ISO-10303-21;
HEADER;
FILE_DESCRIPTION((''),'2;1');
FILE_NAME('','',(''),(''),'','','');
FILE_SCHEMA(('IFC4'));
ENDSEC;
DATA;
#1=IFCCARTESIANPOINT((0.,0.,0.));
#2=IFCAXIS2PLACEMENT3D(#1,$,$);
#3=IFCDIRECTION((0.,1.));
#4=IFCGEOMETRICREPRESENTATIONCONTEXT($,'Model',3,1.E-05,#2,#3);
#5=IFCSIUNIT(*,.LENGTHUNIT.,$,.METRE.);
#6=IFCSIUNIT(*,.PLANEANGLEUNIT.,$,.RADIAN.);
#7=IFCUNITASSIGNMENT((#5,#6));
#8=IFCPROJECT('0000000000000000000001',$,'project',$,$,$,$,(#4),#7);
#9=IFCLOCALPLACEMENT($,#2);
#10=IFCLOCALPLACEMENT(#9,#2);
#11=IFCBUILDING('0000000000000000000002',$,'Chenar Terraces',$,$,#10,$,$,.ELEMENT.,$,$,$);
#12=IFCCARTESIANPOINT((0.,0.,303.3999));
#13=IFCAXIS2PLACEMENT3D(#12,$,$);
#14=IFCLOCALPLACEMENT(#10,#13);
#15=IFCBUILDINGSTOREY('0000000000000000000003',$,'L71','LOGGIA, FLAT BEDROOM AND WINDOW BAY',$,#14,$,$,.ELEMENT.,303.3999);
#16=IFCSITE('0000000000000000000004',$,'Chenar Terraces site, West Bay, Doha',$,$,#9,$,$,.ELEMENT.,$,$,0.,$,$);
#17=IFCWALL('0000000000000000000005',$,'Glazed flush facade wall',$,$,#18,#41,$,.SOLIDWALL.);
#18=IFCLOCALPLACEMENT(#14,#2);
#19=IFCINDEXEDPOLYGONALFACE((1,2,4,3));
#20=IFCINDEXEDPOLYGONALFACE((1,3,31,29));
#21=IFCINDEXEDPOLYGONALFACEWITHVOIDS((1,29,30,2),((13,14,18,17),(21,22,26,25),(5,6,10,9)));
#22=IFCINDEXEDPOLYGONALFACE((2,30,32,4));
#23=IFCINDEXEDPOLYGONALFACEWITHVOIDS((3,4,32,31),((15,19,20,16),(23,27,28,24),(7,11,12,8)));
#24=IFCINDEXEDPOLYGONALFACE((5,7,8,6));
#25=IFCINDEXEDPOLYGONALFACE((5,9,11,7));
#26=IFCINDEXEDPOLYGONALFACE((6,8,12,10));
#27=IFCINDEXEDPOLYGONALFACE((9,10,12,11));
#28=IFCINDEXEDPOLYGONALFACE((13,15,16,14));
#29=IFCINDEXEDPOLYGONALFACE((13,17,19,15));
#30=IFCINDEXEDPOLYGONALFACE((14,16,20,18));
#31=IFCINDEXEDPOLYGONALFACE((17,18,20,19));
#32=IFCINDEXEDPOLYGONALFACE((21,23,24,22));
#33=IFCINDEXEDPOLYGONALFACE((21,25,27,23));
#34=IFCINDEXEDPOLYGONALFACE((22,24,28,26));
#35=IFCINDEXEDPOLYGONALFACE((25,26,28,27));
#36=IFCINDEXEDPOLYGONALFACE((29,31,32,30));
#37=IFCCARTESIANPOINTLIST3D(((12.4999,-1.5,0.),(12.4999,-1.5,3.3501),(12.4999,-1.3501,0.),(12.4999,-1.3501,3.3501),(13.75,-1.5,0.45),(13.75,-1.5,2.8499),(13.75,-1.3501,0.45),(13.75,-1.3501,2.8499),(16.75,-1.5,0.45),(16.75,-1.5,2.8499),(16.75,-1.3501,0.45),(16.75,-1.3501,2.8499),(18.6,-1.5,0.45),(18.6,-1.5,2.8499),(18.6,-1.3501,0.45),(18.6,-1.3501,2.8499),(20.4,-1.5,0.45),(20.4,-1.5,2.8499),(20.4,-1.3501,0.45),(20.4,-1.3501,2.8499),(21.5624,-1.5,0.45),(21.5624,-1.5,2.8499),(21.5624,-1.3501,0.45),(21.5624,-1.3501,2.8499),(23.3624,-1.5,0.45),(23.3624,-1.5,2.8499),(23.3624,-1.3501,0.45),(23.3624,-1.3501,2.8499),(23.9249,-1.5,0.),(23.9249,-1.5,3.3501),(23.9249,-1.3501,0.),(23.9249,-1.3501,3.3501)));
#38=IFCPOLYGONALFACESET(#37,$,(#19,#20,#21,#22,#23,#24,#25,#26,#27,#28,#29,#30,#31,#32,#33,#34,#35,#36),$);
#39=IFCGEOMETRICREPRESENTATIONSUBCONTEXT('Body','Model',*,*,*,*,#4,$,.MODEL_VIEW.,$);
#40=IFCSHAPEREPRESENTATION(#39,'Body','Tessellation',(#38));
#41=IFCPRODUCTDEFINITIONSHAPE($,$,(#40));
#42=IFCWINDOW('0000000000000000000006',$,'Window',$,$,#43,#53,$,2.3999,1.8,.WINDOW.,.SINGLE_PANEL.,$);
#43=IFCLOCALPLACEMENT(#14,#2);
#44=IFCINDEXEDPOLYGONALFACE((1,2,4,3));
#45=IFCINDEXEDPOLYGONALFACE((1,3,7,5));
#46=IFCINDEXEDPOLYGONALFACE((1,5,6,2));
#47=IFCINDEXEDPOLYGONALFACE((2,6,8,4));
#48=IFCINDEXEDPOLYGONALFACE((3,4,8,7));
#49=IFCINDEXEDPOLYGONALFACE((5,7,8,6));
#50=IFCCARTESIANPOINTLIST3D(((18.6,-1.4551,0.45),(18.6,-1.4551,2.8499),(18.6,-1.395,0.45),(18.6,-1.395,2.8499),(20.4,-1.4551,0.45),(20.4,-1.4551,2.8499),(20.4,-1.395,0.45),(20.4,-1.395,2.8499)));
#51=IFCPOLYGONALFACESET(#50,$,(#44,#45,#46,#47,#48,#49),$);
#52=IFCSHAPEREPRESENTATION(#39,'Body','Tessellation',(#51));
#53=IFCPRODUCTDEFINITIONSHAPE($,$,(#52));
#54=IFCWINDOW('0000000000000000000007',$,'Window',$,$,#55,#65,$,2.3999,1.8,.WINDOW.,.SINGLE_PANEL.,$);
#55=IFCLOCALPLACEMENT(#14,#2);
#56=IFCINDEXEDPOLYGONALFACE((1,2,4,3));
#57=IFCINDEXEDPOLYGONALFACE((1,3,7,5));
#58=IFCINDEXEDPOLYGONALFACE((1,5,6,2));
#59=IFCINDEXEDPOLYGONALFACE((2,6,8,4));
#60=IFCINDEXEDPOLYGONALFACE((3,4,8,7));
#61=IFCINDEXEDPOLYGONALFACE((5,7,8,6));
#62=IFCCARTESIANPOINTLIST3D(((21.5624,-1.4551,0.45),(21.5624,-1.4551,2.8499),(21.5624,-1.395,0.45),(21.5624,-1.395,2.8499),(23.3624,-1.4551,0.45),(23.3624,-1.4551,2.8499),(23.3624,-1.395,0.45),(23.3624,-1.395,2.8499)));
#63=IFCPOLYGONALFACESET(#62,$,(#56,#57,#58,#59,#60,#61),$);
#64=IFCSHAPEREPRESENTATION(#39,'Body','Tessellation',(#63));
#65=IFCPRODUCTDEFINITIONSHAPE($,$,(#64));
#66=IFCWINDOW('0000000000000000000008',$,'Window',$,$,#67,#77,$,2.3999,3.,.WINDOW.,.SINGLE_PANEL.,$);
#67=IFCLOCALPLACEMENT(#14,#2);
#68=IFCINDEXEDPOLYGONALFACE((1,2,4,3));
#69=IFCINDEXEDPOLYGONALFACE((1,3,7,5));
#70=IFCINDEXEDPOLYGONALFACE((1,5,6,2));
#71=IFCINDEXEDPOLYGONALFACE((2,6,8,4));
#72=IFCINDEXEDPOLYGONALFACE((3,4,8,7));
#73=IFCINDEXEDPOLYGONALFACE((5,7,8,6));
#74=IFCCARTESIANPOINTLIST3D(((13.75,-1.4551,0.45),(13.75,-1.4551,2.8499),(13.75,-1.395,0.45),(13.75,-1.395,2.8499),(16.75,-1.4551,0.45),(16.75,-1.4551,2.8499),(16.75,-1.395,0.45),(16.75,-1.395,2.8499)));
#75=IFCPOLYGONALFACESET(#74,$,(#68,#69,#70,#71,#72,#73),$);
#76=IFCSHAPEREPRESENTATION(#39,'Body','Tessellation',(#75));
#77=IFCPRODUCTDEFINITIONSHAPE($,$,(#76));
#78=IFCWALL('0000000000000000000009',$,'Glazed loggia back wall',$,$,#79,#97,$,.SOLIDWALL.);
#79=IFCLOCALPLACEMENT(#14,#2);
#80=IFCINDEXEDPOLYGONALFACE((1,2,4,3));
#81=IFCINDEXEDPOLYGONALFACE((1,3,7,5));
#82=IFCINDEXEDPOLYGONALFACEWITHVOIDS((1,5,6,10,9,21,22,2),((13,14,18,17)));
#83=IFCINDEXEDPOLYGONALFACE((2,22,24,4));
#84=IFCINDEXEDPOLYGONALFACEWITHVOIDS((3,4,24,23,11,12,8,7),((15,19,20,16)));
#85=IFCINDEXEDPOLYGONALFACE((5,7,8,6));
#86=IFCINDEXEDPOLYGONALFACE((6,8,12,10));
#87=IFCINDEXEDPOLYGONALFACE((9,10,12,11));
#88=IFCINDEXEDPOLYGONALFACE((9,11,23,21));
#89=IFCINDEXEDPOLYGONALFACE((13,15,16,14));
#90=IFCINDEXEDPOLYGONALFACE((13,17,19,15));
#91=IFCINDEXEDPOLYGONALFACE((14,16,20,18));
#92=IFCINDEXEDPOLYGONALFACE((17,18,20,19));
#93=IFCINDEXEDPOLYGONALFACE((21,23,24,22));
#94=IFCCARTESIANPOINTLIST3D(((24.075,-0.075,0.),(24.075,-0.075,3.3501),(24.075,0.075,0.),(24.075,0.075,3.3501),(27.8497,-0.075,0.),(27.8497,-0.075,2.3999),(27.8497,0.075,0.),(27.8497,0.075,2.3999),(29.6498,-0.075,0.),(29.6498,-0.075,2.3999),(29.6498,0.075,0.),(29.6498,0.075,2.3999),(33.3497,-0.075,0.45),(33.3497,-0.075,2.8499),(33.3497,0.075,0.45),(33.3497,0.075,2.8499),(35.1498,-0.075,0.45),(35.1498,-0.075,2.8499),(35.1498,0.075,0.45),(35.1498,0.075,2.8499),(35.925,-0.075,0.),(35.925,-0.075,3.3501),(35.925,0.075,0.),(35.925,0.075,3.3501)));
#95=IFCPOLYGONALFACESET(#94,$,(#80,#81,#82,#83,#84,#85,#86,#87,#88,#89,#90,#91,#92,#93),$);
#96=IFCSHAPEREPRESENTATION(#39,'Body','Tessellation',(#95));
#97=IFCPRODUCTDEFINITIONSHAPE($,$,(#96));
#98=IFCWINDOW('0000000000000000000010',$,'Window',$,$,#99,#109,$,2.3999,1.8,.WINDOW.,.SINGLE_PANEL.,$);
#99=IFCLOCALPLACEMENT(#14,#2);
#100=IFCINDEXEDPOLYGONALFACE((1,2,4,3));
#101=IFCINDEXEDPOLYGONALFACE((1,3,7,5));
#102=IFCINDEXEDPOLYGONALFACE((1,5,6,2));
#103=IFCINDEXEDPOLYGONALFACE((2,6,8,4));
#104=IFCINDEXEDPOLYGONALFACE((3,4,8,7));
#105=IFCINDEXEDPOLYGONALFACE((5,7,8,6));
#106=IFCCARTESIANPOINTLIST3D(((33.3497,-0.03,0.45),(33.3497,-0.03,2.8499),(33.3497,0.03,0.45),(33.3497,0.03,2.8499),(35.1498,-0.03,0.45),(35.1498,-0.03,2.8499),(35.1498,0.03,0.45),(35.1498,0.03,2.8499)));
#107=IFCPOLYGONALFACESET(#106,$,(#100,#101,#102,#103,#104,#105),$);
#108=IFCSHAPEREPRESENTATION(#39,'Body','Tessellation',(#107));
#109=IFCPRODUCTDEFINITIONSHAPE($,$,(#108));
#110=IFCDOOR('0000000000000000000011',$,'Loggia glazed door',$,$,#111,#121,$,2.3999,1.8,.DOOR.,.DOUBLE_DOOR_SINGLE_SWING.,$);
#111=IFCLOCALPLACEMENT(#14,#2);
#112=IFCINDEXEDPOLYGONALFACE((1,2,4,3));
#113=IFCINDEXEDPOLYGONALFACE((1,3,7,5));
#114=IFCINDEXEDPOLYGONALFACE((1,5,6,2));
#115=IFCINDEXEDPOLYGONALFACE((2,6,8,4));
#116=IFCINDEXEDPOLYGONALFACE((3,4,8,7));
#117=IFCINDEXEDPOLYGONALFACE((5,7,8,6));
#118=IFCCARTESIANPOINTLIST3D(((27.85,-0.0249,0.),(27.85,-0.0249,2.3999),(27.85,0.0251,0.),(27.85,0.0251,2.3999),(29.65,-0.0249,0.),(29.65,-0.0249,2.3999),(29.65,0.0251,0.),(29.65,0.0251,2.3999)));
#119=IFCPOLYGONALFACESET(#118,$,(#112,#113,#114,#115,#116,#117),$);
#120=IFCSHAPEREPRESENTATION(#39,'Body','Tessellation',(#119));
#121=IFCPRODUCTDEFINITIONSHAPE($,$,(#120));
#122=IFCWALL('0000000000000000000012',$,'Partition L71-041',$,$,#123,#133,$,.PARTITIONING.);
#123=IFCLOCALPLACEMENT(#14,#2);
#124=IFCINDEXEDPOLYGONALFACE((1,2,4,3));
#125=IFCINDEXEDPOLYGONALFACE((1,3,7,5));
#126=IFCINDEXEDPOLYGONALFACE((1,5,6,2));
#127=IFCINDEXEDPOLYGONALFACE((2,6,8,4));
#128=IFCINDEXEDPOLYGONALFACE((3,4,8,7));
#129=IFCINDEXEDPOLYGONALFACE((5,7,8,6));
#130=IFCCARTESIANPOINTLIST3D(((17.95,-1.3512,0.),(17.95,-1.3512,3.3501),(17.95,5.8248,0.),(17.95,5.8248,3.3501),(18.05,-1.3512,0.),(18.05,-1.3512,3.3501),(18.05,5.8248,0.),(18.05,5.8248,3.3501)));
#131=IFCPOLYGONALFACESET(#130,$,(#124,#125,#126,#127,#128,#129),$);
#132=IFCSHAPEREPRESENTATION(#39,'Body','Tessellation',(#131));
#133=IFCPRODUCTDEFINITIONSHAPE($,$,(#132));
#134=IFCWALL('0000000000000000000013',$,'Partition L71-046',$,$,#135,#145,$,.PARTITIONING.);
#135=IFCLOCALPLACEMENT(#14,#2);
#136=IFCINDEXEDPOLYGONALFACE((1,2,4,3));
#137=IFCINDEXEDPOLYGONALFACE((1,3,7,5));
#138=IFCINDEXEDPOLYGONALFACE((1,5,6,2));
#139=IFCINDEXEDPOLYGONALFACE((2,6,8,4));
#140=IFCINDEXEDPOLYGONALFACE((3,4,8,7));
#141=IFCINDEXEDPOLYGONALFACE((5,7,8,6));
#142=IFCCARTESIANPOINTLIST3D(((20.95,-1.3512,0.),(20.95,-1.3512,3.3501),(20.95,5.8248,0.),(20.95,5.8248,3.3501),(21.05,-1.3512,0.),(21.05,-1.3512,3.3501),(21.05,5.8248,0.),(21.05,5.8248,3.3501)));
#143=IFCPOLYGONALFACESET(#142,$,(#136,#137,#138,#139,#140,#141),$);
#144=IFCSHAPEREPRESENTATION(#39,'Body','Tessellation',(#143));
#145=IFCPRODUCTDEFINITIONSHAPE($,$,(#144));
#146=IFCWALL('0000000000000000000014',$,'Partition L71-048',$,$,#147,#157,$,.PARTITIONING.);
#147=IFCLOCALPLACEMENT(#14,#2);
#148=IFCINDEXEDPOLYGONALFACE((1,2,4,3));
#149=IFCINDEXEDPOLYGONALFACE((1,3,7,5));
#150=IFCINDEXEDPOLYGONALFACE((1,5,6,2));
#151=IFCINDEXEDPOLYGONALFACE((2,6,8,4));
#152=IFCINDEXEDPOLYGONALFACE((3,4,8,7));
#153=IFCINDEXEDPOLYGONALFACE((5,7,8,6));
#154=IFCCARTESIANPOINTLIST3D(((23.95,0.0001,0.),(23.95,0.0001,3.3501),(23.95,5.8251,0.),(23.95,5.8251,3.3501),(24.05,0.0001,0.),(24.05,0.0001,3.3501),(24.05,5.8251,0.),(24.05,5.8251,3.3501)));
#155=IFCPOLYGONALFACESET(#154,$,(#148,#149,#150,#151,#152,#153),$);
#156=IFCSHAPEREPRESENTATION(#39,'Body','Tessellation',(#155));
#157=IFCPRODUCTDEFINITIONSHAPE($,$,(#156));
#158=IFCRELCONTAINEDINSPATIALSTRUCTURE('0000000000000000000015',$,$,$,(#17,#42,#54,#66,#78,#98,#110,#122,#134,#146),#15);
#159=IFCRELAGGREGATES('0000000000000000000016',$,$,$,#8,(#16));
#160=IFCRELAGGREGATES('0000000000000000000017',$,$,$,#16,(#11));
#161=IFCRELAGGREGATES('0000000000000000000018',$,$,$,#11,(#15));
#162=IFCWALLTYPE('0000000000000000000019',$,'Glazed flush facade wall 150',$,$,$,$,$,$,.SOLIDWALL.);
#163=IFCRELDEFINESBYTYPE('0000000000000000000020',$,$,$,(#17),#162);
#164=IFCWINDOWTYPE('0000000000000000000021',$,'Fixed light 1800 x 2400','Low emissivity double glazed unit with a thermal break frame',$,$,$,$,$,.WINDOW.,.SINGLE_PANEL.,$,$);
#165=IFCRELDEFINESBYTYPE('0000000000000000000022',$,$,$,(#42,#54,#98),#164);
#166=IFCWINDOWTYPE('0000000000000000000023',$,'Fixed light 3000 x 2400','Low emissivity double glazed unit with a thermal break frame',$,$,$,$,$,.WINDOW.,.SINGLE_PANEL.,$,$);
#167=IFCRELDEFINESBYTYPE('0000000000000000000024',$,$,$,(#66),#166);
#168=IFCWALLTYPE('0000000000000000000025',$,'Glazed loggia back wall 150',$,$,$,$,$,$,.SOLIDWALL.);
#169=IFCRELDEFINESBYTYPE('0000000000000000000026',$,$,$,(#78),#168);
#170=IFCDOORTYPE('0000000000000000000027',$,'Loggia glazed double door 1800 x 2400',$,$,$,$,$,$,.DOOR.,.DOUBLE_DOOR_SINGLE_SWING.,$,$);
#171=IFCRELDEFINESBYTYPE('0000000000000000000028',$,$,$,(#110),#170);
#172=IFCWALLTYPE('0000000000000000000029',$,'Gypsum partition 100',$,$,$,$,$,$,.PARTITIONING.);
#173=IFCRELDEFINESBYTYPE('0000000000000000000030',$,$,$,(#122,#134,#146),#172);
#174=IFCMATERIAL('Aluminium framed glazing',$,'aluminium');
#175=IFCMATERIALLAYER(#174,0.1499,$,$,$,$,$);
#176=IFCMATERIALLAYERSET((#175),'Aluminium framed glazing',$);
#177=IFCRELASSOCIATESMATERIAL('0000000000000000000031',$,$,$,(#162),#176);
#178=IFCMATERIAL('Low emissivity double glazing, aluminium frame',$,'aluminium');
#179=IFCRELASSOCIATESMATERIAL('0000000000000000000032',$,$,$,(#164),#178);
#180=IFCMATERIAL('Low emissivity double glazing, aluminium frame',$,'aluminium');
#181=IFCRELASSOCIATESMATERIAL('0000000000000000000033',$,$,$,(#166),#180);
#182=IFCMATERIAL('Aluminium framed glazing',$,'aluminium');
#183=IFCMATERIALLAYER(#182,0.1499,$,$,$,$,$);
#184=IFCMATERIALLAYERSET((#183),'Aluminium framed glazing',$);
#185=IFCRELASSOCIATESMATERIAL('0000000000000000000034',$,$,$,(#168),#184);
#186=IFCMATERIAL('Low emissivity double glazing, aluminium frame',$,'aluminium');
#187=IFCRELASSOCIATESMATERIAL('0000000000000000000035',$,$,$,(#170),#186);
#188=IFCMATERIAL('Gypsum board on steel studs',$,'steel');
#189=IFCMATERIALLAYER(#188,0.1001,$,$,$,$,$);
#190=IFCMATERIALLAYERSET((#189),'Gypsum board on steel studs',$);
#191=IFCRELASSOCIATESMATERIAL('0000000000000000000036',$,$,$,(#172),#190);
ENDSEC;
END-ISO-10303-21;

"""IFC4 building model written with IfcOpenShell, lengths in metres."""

from ifc_helpers import new_model, si_unit, direction, frame, frame_2d, origin, place, context, subcontext, project, spatial, rectangle, extrude, material, layer, layer_set, type_object, element, fill, save


model = new_model("IFC4")

# Units and contexts
model_context = context("Model", 3, precision=1e-05, world=origin(), true_north=direction((0.0, 1.0)))
body_context = subcontext(model_context, "Body", "Model", "MODEL_VIEW")
ifc_project = project(units=[si_unit("LENGTHUNIT", "METRE"), si_unit("PLANEANGLEUNIT", "RADIAN")], contexts=[model_context])

# Site, building, storey
site_placement = place(None, origin())
site = spatial("IfcSite", under=ifc_project, at=site_placement, Name="Chenar Terraces site, West Bay, Doha", CompositionType="ELEMENT", RefElevation=0.0)
building_placement = place(site_placement, origin())
building = spatial("IfcBuilding", under=site, at=building_placement, Name="Chenar Terraces", CompositionType="ELEMENT")
storey_placement = place(building_placement, frame((0.0, 0.0, 303.3999)))
storey = spatial("IfcBuildingStorey", under=building, at=storey_placement, Name="L71", Description="LOGGIA, FLAT BEDROOM AND WINDOW BAY", CompositionType="ELEMENT", Elevation=303.3999)

# Wall, openings, windows
ifc_material_1 = material(Name="Aluminium framed glazing", Category="aluminium")
ifc_layer_1 = layer(ifc_material_1, 0.1499)
ifc_layer_set_1 = layer_set([ifc_layer_1], Name="Aluminium framed glazing")
wall_type_1 = type_object("IfcWallType", Name="Glazed flush facade wall 150", PredefinedType="SOLIDWALL", material=ifc_layer_set_1)
wall_1_placement = place(storey_placement, frame((12.5, -1.425, 0.0), z_axis=(0.0, 0.0, 1.0), x_axis=(1.0, 0.0, 0.0)))
wall_1 = element("IfcWall", 1, at=wall_1_placement, inside=storey, type_object=wall_type_1, Name="Glazed flush facade wall", PredefinedType="SOLIDWALL", context=body_context, shape_type="SweptSolid", body=[
    extrude(rectangle(XDim=11.425, YDim=0.1499, at=frame_2d((5.7124, 0.0))), origin(), (0.0, 0.0, 1.0), 3.3501),
])
opening_1_placement = place(wall_1_placement, frame((1.25, 0.0, 0.45)))
opening_1 = element("IfcOpeningElement", 2, at=opening_1_placement, cuts=wall_1, PredefinedType="OPENING", context=body_context, shape_type="SweptSolid", body=[
    extrude(rectangle(XDim=3.0, YDim=2.3999, at=frame_2d((1.5, 1.2))), frame((0.0, 0.085, 0.0), z_axis=(0.0, -1.0, 0.0), x_axis=(1.0, 0.0, 0.0)), (0.0, 0.0, 1.0), 0.1699),
])
opening_2_placement = place(wall_1_placement, frame((6.1001, 0.0, 0.45)))
opening_2 = element("IfcOpeningElement", 3, at=opening_2_placement, cuts=wall_1, PredefinedType="OPENING", context=body_context, shape_type="SweptSolid", body=[
    extrude(rectangle(XDim=1.8, YDim=2.3999, at=frame_2d((0.8999, 1.2))), frame((0.0, 0.085, 0.0), z_axis=(0.0, -1.0, 0.0), x_axis=(1.0, 0.0, 0.0)), (0.0, 0.0, 1.0), 0.1699),
])
opening_3_placement = place(wall_1_placement, frame((9.0625, 0.0, 0.45)))
opening_3 = element("IfcOpeningElement", 4, at=opening_3_placement, cuts=wall_1, PredefinedType="OPENING", context=body_context, shape_type="SweptSolid", body=[
    extrude(rectangle(XDim=1.8, YDim=2.3999, at=frame_2d((0.8999, 1.2))), frame((0.0, 0.085, 0.0), z_axis=(0.0, -1.0, 0.0), x_axis=(1.0, 0.0, 0.0)), (0.0, 0.0, 1.0), 0.1699),
])
ifc_material_2 = material(Name="Low emissivity double glazing, aluminium frame", Category="aluminium")
window_type_1 = type_object("IfcWindowType", Name="Fixed light 1800 x 2400", Description="Low emissivity double glazed unit with a thermal break frame", PartitioningType="SINGLE_PANEL", PredefinedType="WINDOW", material=ifc_material_2)
window_1_placement = place(opening_2_placement, origin())
window_1 = element("IfcWindow", 5, at=window_1_placement, inside=storey, type_object=window_type_1, Name="Window", OverallHeight=2.3999, OverallWidth=1.8, PartitioningType="SINGLE_PANEL", PredefinedType="WINDOW", context=body_context, shape_type="SweptSolid", body=[
    extrude(rectangle(XDim=1.8, YDim=2.3999, at=frame_2d((0.8999, 1.2))), frame((0.0, 0.03, 0.0), z_axis=(0.0, -1.0, 0.0), x_axis=(1.0, 0.0, 0.0)), (0.0, 0.0, 1.0), 0.0601),
])
fill(opening_2, window_1)
window_2_placement = place(opening_3_placement, origin())
window_2 = element("IfcWindow", 6, at=window_2_placement, inside=storey, type_object=window_type_1, Name="Window", OverallHeight=2.3999, OverallWidth=1.8, PartitioningType="SINGLE_PANEL", PredefinedType="WINDOW", context=body_context, shape_type="SweptSolid", body=[
    extrude(rectangle(XDim=1.8, YDim=2.3999, at=frame_2d((0.8999, 1.2))), frame((0.0, 0.03, 0.0), z_axis=(0.0, -1.0, 0.0), x_axis=(1.0, 0.0, 0.0)), (0.0, 0.0, 1.0), 0.0601),
])
fill(opening_3, window_2)
ifc_material_3 = material(Name="Low emissivity double glazing, aluminium frame", Category="aluminium")
window_type_2 = type_object("IfcWindowType", Name="Fixed light 3000 x 2400", Description="Low emissivity double glazed unit with a thermal break frame", PartitioningType="SINGLE_PANEL", PredefinedType="WINDOW", material=ifc_material_3)
window_3_placement = place(opening_1_placement, origin())
window_3 = element("IfcWindow", 7, at=window_3_placement, inside=storey, type_object=window_type_2, Name="Window", OverallHeight=2.3999, OverallWidth=3.0, PartitioningType="SINGLE_PANEL", PredefinedType="WINDOW", context=body_context, shape_type="SweptSolid", body=[
    extrude(rectangle(XDim=3.0, YDim=2.3999, at=frame_2d((1.5, 1.2))), frame((0.0, 0.03, 0.0), z_axis=(0.0, -1.0, 0.0), x_axis=(1.0, 0.0, 0.0)), (0.0, 0.0, 1.0), 0.0601),
])
fill(opening_1, window_3)

# Wall, openings, window, door
ifc_material_4 = material(Name="Aluminium framed glazing", Category="aluminium")
ifc_layer_2 = layer(ifc_material_4, 0.1499)
ifc_layer_set_2 = layer_set([ifc_layer_2], Name="Aluminium framed glazing")
wall_type_2 = type_object("IfcWallType", Name="Glazed loggia back wall 150", PredefinedType="SOLIDWALL", material=ifc_layer_set_2)
wall_2_placement = place(storey_placement, frame((24.075, 0.0, 0.0), z_axis=(0.0, 0.0, 1.0), x_axis=(1.0, 0.0, 0.0)))
wall_2 = element("IfcWall", 8, at=wall_2_placement, inside=storey, type_object=wall_type_2, Name="Glazed loggia back wall", PredefinedType="SOLIDWALL", context=body_context, shape_type="SweptSolid", body=[
    extrude(rectangle(XDim=11.8501, YDim=0.1499, at=frame_2d((5.925, 0.0))), origin(), (0.0, 0.0, 1.0), 3.3501),
])
opening_4_placement = place(wall_2_placement, frame((3.7749, 0.0, 0.0)))
opening_4 = element("IfcOpeningElement", 9, at=opening_4_placement, cuts=wall_2, PredefinedType="OPENING", context=body_context, shape_type="SweptSolid", body=[
    extrude(rectangle(XDim=1.8, YDim=2.3999, at=frame_2d((0.8999, 1.2))), frame((0.0, 0.085, 0.0), z_axis=(0.0, -1.0, 0.0), x_axis=(1.0, 0.0, 0.0)), (0.0, 0.0, 1.0), 0.1699),
])
opening_5_placement = place(wall_2_placement, frame((9.2749, 0.0, 0.45)))
opening_5 = element("IfcOpeningElement", 10, at=opening_5_placement, cuts=wall_2, PredefinedType="OPENING", context=body_context, shape_type="SweptSolid", body=[
    extrude(rectangle(XDim=1.8, YDim=2.3999, at=frame_2d((0.8999, 1.2))), frame((0.0, 0.085, 0.0), z_axis=(0.0, -1.0, 0.0), x_axis=(1.0, 0.0, 0.0)), (0.0, 0.0, 1.0), 0.1699),
])
window_4_placement = place(opening_5_placement, origin())
window_4 = element("IfcWindow", 11, at=window_4_placement, inside=storey, type_object=window_type_1, Name="Window", OverallHeight=2.3999, OverallWidth=1.8, PartitioningType="SINGLE_PANEL", PredefinedType="WINDOW", context=body_context, shape_type="SweptSolid", body=[
    extrude(rectangle(XDim=1.8, YDim=2.3999, at=frame_2d((0.8999, 1.2))), frame((0.0, 0.03, 0.0), z_axis=(0.0, -1.0, 0.0), x_axis=(1.0, 0.0, 0.0)), (0.0, 0.0, 1.0), 0.0601),
])
fill(opening_5, window_4)
ifc_material_5 = material(Name="Low emissivity double glazing, aluminium frame", Category="aluminium")
door_type_1 = type_object("IfcDoorType", Name="Loggia glazed double door 1800 x 2400", OperationType="DOUBLE_DOOR_SINGLE_SWING", PredefinedType="DOOR", material=ifc_material_5)
door_1_placement = place(opening_4_placement, frame((1.8, 0.0, 0.0), z_axis=(0.0, 0.0, 1.0), x_axis=(-1.0, 0.0, 0.0)))
door_1 = element("IfcDoor", 12, at=door_1_placement, inside=storey, type_object=door_type_1, Name="Loggia glazed door", OperationType="DOUBLE_DOOR_SINGLE_SWING", OverallHeight=2.3999, OverallWidth=1.8, PredefinedType="DOOR", context=body_context, shape_type="SweptSolid", body=[
    extrude(rectangle(XDim=1.8, YDim=2.3999, at=frame_2d((0.8999, 1.2))), frame((0.0, 0.0249, 0.0), z_axis=(0.0, -1.0, 0.0), x_axis=(1.0, 0.0, 0.0)), (0.0, 0.0, 1.0), 0.05),
])
fill(opening_4, door_1)

# Walls
ifc_material_6 = material(Name="Gypsum board on steel studs", Category="steel")
ifc_layer_3 = layer(ifc_material_6, 0.1001)
ifc_layer_set_3 = layer_set([ifc_layer_3], Name="Gypsum board on steel studs")
wall_type_3 = type_object("IfcWallType", Name="Gypsum partition 100", PredefinedType="PARTITIONING", material=ifc_layer_set_3)
for number, where, z_axis, x_axis, name in (
    (13, (18.0, -1.3511, 0.0), (0.0, 0.0, 1.0), (0.0, 1.0, 0.0), "Partition L71-041"),
    (14, (21.0, -1.3511, 0.0), (0.0, 0.0, 1.0), (0.0, 1.0, 0.0), "Partition L71-046"),
):
    element("IfcWall", number, at=place(storey_placement, frame(where, z_axis=z_axis, x_axis=x_axis)), inside=storey, type_object=wall_type_3, Name=name, PredefinedType="PARTITIONING", context=body_context, shape_type="SweptSolid", body=[
        extrude(rectangle(XDim=7.176, YDim=0.1001, at=frame_2d((3.5879, 0.0))), origin(), (0.0, 0.0, 1.0), 3.3501),
    ])
wall_3_placement = place(storey_placement, frame((24.0, 0.0, 0.0), z_axis=(0.0, 0.0, 1.0), x_axis=(0.0, 1.0, 0.0)))
element("IfcWall", 15, at=wall_3_placement, inside=storey, type_object=wall_type_3, Name="Partition L71-048", PredefinedType="PARTITIONING", context=body_context, shape_type="SweptSolid", body=[
    extrude(rectangle(XDim=5.825, YDim=0.1001, at=frame_2d((2.9126, 0.0))), origin(), (0.0, 0.0, 1.0), 3.3501),
])

save(model, "model.ifc")
